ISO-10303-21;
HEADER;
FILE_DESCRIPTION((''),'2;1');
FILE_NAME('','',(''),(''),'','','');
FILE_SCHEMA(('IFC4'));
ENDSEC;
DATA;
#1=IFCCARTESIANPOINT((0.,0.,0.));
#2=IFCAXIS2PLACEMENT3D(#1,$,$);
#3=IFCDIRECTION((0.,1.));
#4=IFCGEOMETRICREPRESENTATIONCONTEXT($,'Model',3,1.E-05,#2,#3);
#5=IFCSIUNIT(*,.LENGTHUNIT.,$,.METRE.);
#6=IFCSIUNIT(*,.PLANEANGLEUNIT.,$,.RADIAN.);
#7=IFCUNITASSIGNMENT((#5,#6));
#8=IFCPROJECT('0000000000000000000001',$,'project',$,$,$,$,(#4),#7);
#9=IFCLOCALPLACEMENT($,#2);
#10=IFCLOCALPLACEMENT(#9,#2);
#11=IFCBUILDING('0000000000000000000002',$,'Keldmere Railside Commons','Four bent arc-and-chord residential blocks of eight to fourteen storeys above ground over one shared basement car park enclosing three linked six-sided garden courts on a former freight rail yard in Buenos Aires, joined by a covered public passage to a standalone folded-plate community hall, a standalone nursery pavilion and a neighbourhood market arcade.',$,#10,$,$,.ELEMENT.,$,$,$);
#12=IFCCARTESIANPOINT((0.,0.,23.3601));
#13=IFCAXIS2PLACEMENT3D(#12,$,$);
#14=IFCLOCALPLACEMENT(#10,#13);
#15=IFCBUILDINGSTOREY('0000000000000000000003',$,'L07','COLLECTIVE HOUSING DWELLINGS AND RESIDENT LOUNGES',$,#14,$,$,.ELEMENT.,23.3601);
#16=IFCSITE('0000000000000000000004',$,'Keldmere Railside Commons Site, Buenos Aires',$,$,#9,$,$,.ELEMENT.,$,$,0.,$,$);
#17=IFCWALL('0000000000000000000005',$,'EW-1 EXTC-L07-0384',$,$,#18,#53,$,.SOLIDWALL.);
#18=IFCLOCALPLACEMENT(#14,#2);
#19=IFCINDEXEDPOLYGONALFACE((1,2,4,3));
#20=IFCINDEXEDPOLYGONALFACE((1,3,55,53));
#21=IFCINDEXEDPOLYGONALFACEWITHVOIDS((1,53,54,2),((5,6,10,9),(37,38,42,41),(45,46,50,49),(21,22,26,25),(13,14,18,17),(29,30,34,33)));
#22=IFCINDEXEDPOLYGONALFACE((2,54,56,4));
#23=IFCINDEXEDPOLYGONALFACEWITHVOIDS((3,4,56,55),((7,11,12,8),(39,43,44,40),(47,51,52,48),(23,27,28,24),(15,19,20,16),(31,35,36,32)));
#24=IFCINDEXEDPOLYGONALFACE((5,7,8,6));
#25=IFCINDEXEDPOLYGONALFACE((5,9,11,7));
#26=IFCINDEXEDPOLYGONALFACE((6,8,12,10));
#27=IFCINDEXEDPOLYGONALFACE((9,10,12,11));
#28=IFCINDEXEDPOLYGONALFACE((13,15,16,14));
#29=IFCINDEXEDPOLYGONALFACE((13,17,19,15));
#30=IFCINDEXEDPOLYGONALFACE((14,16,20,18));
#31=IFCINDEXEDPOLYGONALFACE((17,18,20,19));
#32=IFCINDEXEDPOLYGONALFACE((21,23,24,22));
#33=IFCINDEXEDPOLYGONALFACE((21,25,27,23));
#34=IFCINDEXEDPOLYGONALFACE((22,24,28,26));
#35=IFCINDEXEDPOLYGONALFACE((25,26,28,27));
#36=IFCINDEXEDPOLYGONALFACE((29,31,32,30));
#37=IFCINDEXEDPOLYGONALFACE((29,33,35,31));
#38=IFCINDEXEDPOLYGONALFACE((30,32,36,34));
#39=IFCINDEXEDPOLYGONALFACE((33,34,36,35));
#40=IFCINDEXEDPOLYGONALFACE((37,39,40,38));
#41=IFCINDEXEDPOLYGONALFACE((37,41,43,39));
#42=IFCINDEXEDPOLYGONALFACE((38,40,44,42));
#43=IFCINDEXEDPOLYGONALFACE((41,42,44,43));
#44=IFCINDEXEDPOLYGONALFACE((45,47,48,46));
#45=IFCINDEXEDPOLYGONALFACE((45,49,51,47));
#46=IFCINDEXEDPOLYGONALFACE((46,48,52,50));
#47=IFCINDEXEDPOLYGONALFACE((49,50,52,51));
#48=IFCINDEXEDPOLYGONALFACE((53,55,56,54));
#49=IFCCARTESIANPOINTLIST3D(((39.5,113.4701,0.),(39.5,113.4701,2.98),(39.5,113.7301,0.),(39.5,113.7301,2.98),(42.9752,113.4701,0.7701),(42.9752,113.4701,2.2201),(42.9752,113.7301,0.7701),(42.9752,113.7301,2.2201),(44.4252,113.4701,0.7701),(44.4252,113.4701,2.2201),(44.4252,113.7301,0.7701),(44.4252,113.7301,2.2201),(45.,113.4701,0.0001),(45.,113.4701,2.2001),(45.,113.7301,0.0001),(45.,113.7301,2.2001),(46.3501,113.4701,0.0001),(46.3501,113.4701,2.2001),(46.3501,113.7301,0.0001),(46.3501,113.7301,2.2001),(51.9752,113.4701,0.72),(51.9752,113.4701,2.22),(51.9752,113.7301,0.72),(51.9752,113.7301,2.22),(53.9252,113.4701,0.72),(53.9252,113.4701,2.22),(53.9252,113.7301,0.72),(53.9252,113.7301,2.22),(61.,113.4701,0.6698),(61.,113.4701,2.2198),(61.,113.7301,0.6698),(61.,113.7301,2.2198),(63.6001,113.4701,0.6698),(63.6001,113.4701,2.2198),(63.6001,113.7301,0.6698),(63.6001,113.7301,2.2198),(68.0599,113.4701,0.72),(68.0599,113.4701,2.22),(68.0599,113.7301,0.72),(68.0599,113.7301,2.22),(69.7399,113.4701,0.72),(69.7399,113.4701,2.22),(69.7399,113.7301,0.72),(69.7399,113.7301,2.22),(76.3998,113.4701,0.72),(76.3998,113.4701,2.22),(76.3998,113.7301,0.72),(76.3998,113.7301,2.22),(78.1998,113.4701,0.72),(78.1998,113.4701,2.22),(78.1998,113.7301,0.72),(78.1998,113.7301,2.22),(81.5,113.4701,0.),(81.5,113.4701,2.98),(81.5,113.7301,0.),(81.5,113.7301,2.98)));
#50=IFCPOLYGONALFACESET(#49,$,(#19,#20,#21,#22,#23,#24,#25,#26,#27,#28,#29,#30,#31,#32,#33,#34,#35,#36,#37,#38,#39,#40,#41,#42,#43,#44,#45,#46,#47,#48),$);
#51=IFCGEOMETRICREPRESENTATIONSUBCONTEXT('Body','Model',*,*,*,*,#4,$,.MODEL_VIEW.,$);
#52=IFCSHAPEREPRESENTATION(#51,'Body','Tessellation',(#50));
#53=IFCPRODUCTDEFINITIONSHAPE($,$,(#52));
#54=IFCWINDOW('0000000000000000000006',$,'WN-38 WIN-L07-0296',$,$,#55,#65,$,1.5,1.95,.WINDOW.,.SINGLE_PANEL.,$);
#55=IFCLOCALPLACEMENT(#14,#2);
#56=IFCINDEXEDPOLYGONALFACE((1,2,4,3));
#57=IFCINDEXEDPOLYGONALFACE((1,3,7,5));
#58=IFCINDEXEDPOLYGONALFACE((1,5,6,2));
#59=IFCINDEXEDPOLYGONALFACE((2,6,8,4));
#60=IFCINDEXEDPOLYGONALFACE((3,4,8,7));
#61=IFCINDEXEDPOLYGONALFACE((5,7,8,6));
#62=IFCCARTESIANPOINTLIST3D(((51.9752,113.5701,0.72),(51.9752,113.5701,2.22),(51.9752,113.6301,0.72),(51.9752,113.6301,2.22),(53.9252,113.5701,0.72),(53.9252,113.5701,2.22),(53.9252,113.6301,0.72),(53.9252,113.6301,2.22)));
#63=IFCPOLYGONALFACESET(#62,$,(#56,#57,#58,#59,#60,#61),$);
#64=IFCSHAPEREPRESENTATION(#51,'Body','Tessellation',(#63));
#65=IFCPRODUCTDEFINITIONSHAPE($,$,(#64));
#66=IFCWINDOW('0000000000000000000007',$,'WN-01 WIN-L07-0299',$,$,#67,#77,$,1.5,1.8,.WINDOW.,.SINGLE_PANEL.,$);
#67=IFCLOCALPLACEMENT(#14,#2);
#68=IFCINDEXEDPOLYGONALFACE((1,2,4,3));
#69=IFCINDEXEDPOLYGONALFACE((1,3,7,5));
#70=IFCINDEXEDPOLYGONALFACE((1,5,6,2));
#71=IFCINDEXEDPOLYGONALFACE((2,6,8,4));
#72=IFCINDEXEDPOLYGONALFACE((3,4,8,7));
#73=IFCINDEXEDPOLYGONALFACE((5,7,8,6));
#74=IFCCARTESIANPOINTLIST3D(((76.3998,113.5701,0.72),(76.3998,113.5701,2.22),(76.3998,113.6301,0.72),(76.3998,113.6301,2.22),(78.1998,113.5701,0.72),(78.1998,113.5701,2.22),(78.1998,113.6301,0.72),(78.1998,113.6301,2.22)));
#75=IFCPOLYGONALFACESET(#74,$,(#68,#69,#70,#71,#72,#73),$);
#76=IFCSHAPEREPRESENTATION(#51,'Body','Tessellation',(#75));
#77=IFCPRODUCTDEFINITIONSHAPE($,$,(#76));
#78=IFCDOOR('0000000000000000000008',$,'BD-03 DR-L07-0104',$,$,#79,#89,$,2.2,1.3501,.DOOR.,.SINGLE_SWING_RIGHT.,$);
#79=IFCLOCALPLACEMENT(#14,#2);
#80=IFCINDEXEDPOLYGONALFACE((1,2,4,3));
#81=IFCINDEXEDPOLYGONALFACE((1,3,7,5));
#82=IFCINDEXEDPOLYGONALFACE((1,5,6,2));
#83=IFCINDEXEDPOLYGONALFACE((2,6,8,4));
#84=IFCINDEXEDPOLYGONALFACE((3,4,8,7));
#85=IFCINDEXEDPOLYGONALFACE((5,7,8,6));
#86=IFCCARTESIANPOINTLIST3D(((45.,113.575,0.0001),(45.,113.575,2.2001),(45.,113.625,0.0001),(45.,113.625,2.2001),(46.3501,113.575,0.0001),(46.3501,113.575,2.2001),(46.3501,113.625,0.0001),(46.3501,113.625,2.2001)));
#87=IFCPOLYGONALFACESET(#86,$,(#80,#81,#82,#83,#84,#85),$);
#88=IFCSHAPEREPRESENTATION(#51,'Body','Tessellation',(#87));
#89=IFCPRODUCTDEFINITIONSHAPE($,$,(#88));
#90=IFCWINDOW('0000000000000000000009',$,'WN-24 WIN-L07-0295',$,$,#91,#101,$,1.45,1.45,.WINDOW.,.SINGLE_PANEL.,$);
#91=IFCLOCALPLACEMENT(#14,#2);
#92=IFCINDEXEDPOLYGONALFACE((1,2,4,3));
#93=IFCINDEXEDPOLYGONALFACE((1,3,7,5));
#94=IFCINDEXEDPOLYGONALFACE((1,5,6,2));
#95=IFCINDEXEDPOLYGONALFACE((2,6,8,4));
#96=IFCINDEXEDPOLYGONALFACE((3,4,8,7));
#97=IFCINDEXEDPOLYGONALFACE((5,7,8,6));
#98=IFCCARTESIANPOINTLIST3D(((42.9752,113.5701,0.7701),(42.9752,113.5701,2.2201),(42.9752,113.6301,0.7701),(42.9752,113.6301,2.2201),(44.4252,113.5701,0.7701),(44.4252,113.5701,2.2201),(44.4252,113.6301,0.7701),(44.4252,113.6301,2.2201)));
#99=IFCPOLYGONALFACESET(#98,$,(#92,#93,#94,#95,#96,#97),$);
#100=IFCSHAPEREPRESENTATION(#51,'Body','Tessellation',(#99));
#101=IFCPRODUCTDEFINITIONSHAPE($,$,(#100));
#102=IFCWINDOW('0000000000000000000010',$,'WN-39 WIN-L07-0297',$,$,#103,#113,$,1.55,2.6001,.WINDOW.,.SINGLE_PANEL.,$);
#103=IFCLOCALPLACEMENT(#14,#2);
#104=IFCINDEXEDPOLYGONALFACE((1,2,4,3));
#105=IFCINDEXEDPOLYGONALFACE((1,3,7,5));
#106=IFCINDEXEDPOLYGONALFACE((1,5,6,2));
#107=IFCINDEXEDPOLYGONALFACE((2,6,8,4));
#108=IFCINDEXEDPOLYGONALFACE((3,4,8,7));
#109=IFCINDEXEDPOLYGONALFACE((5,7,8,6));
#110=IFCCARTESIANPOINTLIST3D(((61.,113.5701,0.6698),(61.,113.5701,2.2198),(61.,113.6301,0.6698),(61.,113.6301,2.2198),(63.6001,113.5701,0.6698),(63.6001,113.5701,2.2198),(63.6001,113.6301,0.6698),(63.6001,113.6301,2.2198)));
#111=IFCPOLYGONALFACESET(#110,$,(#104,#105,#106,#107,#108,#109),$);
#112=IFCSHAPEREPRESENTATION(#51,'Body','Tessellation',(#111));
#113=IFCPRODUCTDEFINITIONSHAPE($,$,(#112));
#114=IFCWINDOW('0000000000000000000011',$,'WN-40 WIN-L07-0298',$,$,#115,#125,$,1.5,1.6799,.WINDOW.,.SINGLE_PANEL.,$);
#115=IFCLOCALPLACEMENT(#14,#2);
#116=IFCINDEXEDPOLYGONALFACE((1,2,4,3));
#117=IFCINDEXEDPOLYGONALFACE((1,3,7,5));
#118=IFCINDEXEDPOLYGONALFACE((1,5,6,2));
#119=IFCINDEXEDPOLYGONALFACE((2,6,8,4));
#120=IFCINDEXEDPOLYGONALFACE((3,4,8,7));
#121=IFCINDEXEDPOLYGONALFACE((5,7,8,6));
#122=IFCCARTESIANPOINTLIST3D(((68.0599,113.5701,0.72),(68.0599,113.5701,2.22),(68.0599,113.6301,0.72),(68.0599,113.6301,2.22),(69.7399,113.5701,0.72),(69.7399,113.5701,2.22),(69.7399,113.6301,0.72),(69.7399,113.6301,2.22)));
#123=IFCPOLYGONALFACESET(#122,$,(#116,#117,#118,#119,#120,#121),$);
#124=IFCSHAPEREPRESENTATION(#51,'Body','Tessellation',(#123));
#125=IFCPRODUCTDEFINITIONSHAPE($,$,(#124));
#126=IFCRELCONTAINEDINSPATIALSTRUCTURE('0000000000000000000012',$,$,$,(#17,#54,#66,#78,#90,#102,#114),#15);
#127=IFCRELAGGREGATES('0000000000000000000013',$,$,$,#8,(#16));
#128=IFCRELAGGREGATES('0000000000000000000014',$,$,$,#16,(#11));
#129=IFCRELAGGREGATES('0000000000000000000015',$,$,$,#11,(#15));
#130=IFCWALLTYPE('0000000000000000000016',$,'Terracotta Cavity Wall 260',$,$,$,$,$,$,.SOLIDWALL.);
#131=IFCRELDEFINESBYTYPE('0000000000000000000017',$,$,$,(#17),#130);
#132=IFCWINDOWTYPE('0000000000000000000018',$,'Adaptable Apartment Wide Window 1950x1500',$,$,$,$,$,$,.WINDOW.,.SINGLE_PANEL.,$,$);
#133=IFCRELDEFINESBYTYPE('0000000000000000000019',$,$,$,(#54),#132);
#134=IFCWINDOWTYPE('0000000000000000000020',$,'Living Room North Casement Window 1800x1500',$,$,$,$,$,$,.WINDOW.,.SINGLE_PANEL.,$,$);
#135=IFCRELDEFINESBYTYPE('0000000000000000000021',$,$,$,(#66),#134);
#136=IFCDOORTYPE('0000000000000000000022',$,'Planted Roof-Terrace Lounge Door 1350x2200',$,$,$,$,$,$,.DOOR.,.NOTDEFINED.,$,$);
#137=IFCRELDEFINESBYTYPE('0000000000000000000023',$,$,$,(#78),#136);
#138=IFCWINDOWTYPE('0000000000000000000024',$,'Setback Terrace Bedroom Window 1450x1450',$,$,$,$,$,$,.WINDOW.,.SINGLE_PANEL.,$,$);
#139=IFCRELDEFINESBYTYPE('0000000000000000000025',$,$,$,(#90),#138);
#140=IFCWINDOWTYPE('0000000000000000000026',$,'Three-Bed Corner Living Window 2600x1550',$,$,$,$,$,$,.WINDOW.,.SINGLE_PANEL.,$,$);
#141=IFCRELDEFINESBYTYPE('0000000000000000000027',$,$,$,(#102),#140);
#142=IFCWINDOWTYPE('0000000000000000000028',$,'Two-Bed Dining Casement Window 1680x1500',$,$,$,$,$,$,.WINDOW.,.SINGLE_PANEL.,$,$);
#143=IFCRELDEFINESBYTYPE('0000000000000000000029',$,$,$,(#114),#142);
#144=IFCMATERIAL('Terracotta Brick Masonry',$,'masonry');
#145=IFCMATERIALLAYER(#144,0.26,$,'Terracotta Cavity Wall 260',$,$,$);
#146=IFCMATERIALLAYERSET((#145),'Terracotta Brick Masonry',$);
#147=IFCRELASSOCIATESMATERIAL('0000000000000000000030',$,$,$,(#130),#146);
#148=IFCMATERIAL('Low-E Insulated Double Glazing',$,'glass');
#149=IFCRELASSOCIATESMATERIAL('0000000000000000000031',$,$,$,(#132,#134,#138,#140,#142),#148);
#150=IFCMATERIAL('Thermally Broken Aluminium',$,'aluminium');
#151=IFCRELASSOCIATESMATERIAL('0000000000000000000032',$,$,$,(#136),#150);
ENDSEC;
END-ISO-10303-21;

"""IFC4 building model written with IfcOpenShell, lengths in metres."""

from ifc_helpers import new_model, si_unit, direction, frame, frame_2d, origin, place, context, subcontext, project, spatial, rectangle, extrude, material, layer, layer_set, type_object, element, fill, save


model = new_model("IFC4")

# Units and contexts
model_context = context("Model", 3, precision=1e-05, world=origin(), true_north=direction((0.0, 1.0)))
body_context = subcontext(model_context, "Body", "Model", "MODEL_VIEW")
ifc_project = project(units=[si_unit("LENGTHUNIT", "METRE"), si_unit("PLANEANGLEUNIT", "RADIAN")], contexts=[model_context])

# Site, building, storey
site_placement = place(None, origin())
site = spatial("IfcSite", under=ifc_project, at=site_placement, Name="Keldmere Railside Commons Site, Buenos Aires", CompositionType="ELEMENT", RefElevation=0.0)
building_placement = place(site_placement, origin())
building = spatial("IfcBuilding", under=site, at=building_placement, Name="Keldmere Railside Commons", Description="Four bent arc-and-chord residential blocks of eight to fourteen storeys above ground over one shared basement car park enclosing three linked six-sided garden courts on a former freight rail yard in Buenos Aires, joined by a covered public passage to a standalone folded-plate community hall, a standalone nursery pavilion and a neighbourhood market arcade.", CompositionType="ELEMENT")
storey_placement = place(building_placement, frame((0.0, 0.0, 23.3601)))
storey = spatial("IfcBuildingStorey", under=building, at=storey_placement, Name="L07", Description="COLLECTIVE HOUSING DWELLINGS AND RESIDENT LOUNGES", CompositionType="ELEMENT", Elevation=23.3601)

# Wall, openings, windows, door
ifc_material_1 = material(Name="Terracotta Brick Masonry", Category="masonry")
ifc_layer_1 = layer(ifc_material_1, 0.26, Name="Terracotta Cavity Wall 260")
ifc_layer_set_1 = layer_set([ifc_layer_1], Name="Terracotta Brick Masonry")
wall_type_1 = type_object("IfcWallType", Name="Terracotta Cavity Wall 260", PredefinedType="SOLIDWALL", material=ifc_layer_set_1)
wall_1_placement = place(storey_placement, frame((39.5, 113.6001, 0.0), z_axis=(0.0, 0.0, 1.0), x_axis=(1.0, 0.0, 0.0)))
wall_1 = element("IfcWall", 1, at=wall_1_placement, inside=storey, type_object=wall_type_1, Name="EW-1 EXTC-L07-0384", PredefinedType="SOLIDWALL", context=body_context, shape_type="SweptSolid", body=[
    extrude(rectangle(XDim=42.0, YDim=0.26, at=frame_2d((21.0, 0.0))), origin(), (0.0, 0.0, 1.0), 2.98),
])
opening_1_placement = place(wall_1_placement, frame((5.5, 0.0, 0.0)))
opening_1 = element("IfcOpeningElement", 2, at=opening_1_placement, cuts=wall_1, PredefinedType="OPENING", context=body_context, shape_type="SweptSolid", body=[
    extrude(rectangle(XDim=1.3501, YDim=2.2, at=frame_2d((0.675, 1.1001))), frame((0.0, 0.1399, 0.0), z_axis=(0.0, -1.0, 0.0), x_axis=(1.0, 0.0, 0.0)), (0.0, 0.0, 1.0), 0.28),
])
opening_2_placement = place(wall_1_placement, frame((3.4751, 0.0, 0.77)))
opening_2 = element("IfcOpeningElement", 3, at=opening_2_placement, cuts=wall_1, PredefinedType="OPENING", context=body_context, shape_type="SweptSolid", body=[
    extrude(rectangle(XDim=1.45, YDim=1.45, at=frame_2d((0.7251, 0.7251))), frame((0.0, 0.1399, 0.0), z_axis=(0.0, -1.0, 0.0), x_axis=(1.0, 0.0, 0.0)), (0.0, 0.0, 1.0), 0.28),
])
opening_3_placement = place(wall_1_placement, frame((12.4751, 0.0, 0.72)))
opening_3 = element("IfcOpeningElement", 4, at=opening_3_placement, cuts=wall_1, PredefinedType="OPENING", context=body_context, shape_type="SweptSolid", body=[
    extrude(rectangle(XDim=1.95, YDim=1.5, at=frame_2d((0.9751, 0.75))), frame((0.0, 0.1399, 0.0), z_axis=(0.0, -1.0, 0.0), x_axis=(1.0, 0.0, 0.0)), (0.0, 0.0, 1.0), 0.28),
])
opening_4_placement = place(wall_1_placement, frame((21.5, 0.0, 0.6699)))
opening_4 = element("IfcOpeningElement", 5, at=opening_4_placement, cuts=wall_1, PredefinedType="OPENING", context=body_context, shape_type="SweptSolid", body=[
    extrude(rectangle(XDim=2.6001, YDim=1.55, at=frame_2d((1.3, 0.7749))), frame((0.0, 0.1399, 0.0), z_axis=(0.0, -1.0, 0.0), x_axis=(1.0, 0.0, 0.0)), (0.0, 0.0, 1.0), 0.28),
])
opening_5_placement = place(wall_1_placement, frame((28.5601, 0.0, 0.72)))
opening_5 = element("IfcOpeningElement", 6, at=opening_5_placement, cuts=wall_1, PredefinedType="OPENING", context=body_context, shape_type="SweptSolid", body=[
    extrude(rectangle(XDim=1.6799, YDim=1.5, at=frame_2d((0.8398, 0.75))), frame((0.0, 0.1399, 0.0), z_axis=(0.0, -1.0, 0.0), x_axis=(1.0, 0.0, 0.0)), (0.0, 0.0, 1.0), 0.28),
])
opening_6_placement = place(wall_1_placement, frame((36.8999, 0.0, 0.72)))
opening_6 = element("IfcOpeningElement", 7, at=opening_6_placement, cuts=wall_1, PredefinedType="OPENING", context=body_context, shape_type="SweptSolid", body=[
    extrude(rectangle(XDim=1.8, YDim=1.5, at=frame_2d((0.8999, 0.75))), frame((0.0, 0.1399, 0.0), z_axis=(0.0, -1.0, 0.0), x_axis=(1.0, 0.0, 0.0)), (0.0, 0.0, 1.0), 0.28),
])
ifc_material_2 = material(Name="Low-E Insulated Double Glazing", Category="glass")
window_type_1 = type_object("IfcWindowType", Name="Adaptable Apartment Wide Window 1950x1500", PartitioningType="SINGLE_PANEL", PredefinedType="WINDOW", material=ifc_material_2)
window_1_placement = place(opening_3_placement, origin())
window_1 = element("IfcWindow", 8, at=window_1_placement, inside=storey, type_object=window_type_1, Name="WN-38 WIN-L07-0296", OverallHeight=1.5, OverallWidth=1.95, PartitioningType="SINGLE_PANEL", PredefinedType="WINDOW", context=body_context, shape_type="SweptSolid", body=[
    extrude(rectangle(XDim=1.95, YDim=1.5, at=frame_2d((0.9751, 0.75))), frame((0.0, 0.03, 0.0), z_axis=(0.0, -1.0, 0.0), x_axis=(1.0, 0.0, 0.0)), (0.0, 0.0, 1.0), 0.0601),
])
fill(opening_3, window_1)
window_type_2 = type_object("IfcWindowType", Name="Living Room North Casement Window 1800x1500", PartitioningType="SINGLE_PANEL", PredefinedType="WINDOW", material=ifc_material_2)
window_2_placement = place(opening_6_placement, origin())
window_2 = element("IfcWindow", 9, at=window_2_placement, inside=storey, type_object=window_type_2, Name="WN-01 WIN-L07-0299", OverallHeight=1.5, OverallWidth=1.8, PartitioningType="SINGLE_PANEL", PredefinedType="WINDOW", context=body_context, shape_type="SweptSolid", body=[
    extrude(rectangle(XDim=1.8, YDim=1.5, at=frame_2d((0.8999, 0.75))), frame((0.0, 0.03, 0.0), z_axis=(0.0, -1.0, 0.0), x_axis=(1.0, 0.0, 0.0)), (0.0, 0.0, 1.0), 0.0601),
])
fill(opening_6, window_2)
ifc_material_3 = material(Name="Thermally Broken Aluminium", Category="aluminium")
door_type_1 = type_object("IfcDoorType", Name="Planted Roof-Terrace Lounge Door 1350x2200", OperationType="NOTDEFINED", PredefinedType="DOOR", material=ifc_material_3)
door_1_placement = place(opening_1_placement, origin())
door_1 = element("IfcDoor", 10, at=door_1_placement, inside=storey, type_object=door_type_1, Name="BD-03 DR-L07-0104", OperationType="SINGLE_SWING_RIGHT", OverallHeight=2.2, OverallWidth=1.3501, PredefinedType="DOOR", context=body_context, shape_type="SweptSolid", body=[
    extrude(rectangle(XDim=1.3501, YDim=2.2, at=frame_2d((0.675, 1.1001))), frame((0.0, 0.0249, 0.0), z_axis=(0.0, -1.0, 0.0), x_axis=(1.0, 0.0, 0.0)), (0.0, 0.0, 1.0), 0.05),
])
fill(opening_1, door_1)
window_type_3 = type_object("IfcWindowType", Name="Setback Terrace Bedroom Window 1450x1450", PartitioningType="SINGLE_PANEL", PredefinedType="WINDOW", material=ifc_material_2)
window_3_placement = place(opening_2_placement, origin())
window_3 = element("IfcWindow", 11, at=window_3_placement, inside=storey, type_object=window_type_3, Name="WN-24 WIN-L07-0295", OverallHeight=1.45, OverallWidth=1.45, PartitioningType="SINGLE_PANEL", PredefinedType="WINDOW", context=body_context, shape_type="SweptSolid", body=[
    extrude(rectangle(XDim=1.45, YDim=1.45, at=frame_2d((0.7251, 0.7251))), frame((0.0, 0.03, 0.0), z_axis=(0.0, -1.0, 0.0), x_axis=(1.0, 0.0, 0.0)), (0.0, 0.0, 1.0), 0.0601),
])
fill(opening_2, window_3)
window_type_4 = type_object("IfcWindowType", Name="Three-Bed Corner Living Window 2600x1550", PartitioningType="SINGLE_PANEL", PredefinedType="WINDOW", material=ifc_material_2)
window_4_placement = place(opening_4_placement, origin())
window_4 = element("IfcWindow", 12, at=window_4_placement, inside=storey, type_object=window_type_4, Name="WN-39 WIN-L07-0297", OverallHeight=1.55, OverallWidth=2.6001, PartitioningType="SINGLE_PANEL", PredefinedType="WINDOW", context=body_context, shape_type="SweptSolid", body=[
    extrude(rectangle(XDim=2.6001, YDim=1.55, at=frame_2d((1.3, 0.7749))), frame((0.0, 0.03, 0.0), z_axis=(0.0, -1.0, 0.0), x_axis=(1.0, 0.0, 0.0)), (0.0, 0.0, 1.0), 0.0601),
])
fill(opening_4, window_4)
window_type_5 = type_object("IfcWindowType", Name="Two-Bed Dining Casement Window 1680x1500", PartitioningType="SINGLE_PANEL", PredefinedType="WINDOW", material=ifc_material_2)
window_5_placement = place(opening_5_placement, origin())
window_5 = element("IfcWindow", 13, at=window_5_placement, inside=storey, type_object=window_type_5, Name="WN-40 WIN-L07-0298", OverallHeight=1.5, OverallWidth=1.6799, PartitioningType="SINGLE_PANEL", PredefinedType="WINDOW", context=body_context, shape_type="SweptSolid", body=[
    extrude(rectangle(XDim=1.6799, YDim=1.5, at=frame_2d((0.8398, 0.75))), frame((0.0, 0.03, 0.0), z_axis=(0.0, -1.0, 0.0), x_axis=(1.0, 0.0, 0.0)), (0.0, 0.0, 1.0), 0.0601),
])
fill(opening_5, window_5)

save(model, "model.ifc")
